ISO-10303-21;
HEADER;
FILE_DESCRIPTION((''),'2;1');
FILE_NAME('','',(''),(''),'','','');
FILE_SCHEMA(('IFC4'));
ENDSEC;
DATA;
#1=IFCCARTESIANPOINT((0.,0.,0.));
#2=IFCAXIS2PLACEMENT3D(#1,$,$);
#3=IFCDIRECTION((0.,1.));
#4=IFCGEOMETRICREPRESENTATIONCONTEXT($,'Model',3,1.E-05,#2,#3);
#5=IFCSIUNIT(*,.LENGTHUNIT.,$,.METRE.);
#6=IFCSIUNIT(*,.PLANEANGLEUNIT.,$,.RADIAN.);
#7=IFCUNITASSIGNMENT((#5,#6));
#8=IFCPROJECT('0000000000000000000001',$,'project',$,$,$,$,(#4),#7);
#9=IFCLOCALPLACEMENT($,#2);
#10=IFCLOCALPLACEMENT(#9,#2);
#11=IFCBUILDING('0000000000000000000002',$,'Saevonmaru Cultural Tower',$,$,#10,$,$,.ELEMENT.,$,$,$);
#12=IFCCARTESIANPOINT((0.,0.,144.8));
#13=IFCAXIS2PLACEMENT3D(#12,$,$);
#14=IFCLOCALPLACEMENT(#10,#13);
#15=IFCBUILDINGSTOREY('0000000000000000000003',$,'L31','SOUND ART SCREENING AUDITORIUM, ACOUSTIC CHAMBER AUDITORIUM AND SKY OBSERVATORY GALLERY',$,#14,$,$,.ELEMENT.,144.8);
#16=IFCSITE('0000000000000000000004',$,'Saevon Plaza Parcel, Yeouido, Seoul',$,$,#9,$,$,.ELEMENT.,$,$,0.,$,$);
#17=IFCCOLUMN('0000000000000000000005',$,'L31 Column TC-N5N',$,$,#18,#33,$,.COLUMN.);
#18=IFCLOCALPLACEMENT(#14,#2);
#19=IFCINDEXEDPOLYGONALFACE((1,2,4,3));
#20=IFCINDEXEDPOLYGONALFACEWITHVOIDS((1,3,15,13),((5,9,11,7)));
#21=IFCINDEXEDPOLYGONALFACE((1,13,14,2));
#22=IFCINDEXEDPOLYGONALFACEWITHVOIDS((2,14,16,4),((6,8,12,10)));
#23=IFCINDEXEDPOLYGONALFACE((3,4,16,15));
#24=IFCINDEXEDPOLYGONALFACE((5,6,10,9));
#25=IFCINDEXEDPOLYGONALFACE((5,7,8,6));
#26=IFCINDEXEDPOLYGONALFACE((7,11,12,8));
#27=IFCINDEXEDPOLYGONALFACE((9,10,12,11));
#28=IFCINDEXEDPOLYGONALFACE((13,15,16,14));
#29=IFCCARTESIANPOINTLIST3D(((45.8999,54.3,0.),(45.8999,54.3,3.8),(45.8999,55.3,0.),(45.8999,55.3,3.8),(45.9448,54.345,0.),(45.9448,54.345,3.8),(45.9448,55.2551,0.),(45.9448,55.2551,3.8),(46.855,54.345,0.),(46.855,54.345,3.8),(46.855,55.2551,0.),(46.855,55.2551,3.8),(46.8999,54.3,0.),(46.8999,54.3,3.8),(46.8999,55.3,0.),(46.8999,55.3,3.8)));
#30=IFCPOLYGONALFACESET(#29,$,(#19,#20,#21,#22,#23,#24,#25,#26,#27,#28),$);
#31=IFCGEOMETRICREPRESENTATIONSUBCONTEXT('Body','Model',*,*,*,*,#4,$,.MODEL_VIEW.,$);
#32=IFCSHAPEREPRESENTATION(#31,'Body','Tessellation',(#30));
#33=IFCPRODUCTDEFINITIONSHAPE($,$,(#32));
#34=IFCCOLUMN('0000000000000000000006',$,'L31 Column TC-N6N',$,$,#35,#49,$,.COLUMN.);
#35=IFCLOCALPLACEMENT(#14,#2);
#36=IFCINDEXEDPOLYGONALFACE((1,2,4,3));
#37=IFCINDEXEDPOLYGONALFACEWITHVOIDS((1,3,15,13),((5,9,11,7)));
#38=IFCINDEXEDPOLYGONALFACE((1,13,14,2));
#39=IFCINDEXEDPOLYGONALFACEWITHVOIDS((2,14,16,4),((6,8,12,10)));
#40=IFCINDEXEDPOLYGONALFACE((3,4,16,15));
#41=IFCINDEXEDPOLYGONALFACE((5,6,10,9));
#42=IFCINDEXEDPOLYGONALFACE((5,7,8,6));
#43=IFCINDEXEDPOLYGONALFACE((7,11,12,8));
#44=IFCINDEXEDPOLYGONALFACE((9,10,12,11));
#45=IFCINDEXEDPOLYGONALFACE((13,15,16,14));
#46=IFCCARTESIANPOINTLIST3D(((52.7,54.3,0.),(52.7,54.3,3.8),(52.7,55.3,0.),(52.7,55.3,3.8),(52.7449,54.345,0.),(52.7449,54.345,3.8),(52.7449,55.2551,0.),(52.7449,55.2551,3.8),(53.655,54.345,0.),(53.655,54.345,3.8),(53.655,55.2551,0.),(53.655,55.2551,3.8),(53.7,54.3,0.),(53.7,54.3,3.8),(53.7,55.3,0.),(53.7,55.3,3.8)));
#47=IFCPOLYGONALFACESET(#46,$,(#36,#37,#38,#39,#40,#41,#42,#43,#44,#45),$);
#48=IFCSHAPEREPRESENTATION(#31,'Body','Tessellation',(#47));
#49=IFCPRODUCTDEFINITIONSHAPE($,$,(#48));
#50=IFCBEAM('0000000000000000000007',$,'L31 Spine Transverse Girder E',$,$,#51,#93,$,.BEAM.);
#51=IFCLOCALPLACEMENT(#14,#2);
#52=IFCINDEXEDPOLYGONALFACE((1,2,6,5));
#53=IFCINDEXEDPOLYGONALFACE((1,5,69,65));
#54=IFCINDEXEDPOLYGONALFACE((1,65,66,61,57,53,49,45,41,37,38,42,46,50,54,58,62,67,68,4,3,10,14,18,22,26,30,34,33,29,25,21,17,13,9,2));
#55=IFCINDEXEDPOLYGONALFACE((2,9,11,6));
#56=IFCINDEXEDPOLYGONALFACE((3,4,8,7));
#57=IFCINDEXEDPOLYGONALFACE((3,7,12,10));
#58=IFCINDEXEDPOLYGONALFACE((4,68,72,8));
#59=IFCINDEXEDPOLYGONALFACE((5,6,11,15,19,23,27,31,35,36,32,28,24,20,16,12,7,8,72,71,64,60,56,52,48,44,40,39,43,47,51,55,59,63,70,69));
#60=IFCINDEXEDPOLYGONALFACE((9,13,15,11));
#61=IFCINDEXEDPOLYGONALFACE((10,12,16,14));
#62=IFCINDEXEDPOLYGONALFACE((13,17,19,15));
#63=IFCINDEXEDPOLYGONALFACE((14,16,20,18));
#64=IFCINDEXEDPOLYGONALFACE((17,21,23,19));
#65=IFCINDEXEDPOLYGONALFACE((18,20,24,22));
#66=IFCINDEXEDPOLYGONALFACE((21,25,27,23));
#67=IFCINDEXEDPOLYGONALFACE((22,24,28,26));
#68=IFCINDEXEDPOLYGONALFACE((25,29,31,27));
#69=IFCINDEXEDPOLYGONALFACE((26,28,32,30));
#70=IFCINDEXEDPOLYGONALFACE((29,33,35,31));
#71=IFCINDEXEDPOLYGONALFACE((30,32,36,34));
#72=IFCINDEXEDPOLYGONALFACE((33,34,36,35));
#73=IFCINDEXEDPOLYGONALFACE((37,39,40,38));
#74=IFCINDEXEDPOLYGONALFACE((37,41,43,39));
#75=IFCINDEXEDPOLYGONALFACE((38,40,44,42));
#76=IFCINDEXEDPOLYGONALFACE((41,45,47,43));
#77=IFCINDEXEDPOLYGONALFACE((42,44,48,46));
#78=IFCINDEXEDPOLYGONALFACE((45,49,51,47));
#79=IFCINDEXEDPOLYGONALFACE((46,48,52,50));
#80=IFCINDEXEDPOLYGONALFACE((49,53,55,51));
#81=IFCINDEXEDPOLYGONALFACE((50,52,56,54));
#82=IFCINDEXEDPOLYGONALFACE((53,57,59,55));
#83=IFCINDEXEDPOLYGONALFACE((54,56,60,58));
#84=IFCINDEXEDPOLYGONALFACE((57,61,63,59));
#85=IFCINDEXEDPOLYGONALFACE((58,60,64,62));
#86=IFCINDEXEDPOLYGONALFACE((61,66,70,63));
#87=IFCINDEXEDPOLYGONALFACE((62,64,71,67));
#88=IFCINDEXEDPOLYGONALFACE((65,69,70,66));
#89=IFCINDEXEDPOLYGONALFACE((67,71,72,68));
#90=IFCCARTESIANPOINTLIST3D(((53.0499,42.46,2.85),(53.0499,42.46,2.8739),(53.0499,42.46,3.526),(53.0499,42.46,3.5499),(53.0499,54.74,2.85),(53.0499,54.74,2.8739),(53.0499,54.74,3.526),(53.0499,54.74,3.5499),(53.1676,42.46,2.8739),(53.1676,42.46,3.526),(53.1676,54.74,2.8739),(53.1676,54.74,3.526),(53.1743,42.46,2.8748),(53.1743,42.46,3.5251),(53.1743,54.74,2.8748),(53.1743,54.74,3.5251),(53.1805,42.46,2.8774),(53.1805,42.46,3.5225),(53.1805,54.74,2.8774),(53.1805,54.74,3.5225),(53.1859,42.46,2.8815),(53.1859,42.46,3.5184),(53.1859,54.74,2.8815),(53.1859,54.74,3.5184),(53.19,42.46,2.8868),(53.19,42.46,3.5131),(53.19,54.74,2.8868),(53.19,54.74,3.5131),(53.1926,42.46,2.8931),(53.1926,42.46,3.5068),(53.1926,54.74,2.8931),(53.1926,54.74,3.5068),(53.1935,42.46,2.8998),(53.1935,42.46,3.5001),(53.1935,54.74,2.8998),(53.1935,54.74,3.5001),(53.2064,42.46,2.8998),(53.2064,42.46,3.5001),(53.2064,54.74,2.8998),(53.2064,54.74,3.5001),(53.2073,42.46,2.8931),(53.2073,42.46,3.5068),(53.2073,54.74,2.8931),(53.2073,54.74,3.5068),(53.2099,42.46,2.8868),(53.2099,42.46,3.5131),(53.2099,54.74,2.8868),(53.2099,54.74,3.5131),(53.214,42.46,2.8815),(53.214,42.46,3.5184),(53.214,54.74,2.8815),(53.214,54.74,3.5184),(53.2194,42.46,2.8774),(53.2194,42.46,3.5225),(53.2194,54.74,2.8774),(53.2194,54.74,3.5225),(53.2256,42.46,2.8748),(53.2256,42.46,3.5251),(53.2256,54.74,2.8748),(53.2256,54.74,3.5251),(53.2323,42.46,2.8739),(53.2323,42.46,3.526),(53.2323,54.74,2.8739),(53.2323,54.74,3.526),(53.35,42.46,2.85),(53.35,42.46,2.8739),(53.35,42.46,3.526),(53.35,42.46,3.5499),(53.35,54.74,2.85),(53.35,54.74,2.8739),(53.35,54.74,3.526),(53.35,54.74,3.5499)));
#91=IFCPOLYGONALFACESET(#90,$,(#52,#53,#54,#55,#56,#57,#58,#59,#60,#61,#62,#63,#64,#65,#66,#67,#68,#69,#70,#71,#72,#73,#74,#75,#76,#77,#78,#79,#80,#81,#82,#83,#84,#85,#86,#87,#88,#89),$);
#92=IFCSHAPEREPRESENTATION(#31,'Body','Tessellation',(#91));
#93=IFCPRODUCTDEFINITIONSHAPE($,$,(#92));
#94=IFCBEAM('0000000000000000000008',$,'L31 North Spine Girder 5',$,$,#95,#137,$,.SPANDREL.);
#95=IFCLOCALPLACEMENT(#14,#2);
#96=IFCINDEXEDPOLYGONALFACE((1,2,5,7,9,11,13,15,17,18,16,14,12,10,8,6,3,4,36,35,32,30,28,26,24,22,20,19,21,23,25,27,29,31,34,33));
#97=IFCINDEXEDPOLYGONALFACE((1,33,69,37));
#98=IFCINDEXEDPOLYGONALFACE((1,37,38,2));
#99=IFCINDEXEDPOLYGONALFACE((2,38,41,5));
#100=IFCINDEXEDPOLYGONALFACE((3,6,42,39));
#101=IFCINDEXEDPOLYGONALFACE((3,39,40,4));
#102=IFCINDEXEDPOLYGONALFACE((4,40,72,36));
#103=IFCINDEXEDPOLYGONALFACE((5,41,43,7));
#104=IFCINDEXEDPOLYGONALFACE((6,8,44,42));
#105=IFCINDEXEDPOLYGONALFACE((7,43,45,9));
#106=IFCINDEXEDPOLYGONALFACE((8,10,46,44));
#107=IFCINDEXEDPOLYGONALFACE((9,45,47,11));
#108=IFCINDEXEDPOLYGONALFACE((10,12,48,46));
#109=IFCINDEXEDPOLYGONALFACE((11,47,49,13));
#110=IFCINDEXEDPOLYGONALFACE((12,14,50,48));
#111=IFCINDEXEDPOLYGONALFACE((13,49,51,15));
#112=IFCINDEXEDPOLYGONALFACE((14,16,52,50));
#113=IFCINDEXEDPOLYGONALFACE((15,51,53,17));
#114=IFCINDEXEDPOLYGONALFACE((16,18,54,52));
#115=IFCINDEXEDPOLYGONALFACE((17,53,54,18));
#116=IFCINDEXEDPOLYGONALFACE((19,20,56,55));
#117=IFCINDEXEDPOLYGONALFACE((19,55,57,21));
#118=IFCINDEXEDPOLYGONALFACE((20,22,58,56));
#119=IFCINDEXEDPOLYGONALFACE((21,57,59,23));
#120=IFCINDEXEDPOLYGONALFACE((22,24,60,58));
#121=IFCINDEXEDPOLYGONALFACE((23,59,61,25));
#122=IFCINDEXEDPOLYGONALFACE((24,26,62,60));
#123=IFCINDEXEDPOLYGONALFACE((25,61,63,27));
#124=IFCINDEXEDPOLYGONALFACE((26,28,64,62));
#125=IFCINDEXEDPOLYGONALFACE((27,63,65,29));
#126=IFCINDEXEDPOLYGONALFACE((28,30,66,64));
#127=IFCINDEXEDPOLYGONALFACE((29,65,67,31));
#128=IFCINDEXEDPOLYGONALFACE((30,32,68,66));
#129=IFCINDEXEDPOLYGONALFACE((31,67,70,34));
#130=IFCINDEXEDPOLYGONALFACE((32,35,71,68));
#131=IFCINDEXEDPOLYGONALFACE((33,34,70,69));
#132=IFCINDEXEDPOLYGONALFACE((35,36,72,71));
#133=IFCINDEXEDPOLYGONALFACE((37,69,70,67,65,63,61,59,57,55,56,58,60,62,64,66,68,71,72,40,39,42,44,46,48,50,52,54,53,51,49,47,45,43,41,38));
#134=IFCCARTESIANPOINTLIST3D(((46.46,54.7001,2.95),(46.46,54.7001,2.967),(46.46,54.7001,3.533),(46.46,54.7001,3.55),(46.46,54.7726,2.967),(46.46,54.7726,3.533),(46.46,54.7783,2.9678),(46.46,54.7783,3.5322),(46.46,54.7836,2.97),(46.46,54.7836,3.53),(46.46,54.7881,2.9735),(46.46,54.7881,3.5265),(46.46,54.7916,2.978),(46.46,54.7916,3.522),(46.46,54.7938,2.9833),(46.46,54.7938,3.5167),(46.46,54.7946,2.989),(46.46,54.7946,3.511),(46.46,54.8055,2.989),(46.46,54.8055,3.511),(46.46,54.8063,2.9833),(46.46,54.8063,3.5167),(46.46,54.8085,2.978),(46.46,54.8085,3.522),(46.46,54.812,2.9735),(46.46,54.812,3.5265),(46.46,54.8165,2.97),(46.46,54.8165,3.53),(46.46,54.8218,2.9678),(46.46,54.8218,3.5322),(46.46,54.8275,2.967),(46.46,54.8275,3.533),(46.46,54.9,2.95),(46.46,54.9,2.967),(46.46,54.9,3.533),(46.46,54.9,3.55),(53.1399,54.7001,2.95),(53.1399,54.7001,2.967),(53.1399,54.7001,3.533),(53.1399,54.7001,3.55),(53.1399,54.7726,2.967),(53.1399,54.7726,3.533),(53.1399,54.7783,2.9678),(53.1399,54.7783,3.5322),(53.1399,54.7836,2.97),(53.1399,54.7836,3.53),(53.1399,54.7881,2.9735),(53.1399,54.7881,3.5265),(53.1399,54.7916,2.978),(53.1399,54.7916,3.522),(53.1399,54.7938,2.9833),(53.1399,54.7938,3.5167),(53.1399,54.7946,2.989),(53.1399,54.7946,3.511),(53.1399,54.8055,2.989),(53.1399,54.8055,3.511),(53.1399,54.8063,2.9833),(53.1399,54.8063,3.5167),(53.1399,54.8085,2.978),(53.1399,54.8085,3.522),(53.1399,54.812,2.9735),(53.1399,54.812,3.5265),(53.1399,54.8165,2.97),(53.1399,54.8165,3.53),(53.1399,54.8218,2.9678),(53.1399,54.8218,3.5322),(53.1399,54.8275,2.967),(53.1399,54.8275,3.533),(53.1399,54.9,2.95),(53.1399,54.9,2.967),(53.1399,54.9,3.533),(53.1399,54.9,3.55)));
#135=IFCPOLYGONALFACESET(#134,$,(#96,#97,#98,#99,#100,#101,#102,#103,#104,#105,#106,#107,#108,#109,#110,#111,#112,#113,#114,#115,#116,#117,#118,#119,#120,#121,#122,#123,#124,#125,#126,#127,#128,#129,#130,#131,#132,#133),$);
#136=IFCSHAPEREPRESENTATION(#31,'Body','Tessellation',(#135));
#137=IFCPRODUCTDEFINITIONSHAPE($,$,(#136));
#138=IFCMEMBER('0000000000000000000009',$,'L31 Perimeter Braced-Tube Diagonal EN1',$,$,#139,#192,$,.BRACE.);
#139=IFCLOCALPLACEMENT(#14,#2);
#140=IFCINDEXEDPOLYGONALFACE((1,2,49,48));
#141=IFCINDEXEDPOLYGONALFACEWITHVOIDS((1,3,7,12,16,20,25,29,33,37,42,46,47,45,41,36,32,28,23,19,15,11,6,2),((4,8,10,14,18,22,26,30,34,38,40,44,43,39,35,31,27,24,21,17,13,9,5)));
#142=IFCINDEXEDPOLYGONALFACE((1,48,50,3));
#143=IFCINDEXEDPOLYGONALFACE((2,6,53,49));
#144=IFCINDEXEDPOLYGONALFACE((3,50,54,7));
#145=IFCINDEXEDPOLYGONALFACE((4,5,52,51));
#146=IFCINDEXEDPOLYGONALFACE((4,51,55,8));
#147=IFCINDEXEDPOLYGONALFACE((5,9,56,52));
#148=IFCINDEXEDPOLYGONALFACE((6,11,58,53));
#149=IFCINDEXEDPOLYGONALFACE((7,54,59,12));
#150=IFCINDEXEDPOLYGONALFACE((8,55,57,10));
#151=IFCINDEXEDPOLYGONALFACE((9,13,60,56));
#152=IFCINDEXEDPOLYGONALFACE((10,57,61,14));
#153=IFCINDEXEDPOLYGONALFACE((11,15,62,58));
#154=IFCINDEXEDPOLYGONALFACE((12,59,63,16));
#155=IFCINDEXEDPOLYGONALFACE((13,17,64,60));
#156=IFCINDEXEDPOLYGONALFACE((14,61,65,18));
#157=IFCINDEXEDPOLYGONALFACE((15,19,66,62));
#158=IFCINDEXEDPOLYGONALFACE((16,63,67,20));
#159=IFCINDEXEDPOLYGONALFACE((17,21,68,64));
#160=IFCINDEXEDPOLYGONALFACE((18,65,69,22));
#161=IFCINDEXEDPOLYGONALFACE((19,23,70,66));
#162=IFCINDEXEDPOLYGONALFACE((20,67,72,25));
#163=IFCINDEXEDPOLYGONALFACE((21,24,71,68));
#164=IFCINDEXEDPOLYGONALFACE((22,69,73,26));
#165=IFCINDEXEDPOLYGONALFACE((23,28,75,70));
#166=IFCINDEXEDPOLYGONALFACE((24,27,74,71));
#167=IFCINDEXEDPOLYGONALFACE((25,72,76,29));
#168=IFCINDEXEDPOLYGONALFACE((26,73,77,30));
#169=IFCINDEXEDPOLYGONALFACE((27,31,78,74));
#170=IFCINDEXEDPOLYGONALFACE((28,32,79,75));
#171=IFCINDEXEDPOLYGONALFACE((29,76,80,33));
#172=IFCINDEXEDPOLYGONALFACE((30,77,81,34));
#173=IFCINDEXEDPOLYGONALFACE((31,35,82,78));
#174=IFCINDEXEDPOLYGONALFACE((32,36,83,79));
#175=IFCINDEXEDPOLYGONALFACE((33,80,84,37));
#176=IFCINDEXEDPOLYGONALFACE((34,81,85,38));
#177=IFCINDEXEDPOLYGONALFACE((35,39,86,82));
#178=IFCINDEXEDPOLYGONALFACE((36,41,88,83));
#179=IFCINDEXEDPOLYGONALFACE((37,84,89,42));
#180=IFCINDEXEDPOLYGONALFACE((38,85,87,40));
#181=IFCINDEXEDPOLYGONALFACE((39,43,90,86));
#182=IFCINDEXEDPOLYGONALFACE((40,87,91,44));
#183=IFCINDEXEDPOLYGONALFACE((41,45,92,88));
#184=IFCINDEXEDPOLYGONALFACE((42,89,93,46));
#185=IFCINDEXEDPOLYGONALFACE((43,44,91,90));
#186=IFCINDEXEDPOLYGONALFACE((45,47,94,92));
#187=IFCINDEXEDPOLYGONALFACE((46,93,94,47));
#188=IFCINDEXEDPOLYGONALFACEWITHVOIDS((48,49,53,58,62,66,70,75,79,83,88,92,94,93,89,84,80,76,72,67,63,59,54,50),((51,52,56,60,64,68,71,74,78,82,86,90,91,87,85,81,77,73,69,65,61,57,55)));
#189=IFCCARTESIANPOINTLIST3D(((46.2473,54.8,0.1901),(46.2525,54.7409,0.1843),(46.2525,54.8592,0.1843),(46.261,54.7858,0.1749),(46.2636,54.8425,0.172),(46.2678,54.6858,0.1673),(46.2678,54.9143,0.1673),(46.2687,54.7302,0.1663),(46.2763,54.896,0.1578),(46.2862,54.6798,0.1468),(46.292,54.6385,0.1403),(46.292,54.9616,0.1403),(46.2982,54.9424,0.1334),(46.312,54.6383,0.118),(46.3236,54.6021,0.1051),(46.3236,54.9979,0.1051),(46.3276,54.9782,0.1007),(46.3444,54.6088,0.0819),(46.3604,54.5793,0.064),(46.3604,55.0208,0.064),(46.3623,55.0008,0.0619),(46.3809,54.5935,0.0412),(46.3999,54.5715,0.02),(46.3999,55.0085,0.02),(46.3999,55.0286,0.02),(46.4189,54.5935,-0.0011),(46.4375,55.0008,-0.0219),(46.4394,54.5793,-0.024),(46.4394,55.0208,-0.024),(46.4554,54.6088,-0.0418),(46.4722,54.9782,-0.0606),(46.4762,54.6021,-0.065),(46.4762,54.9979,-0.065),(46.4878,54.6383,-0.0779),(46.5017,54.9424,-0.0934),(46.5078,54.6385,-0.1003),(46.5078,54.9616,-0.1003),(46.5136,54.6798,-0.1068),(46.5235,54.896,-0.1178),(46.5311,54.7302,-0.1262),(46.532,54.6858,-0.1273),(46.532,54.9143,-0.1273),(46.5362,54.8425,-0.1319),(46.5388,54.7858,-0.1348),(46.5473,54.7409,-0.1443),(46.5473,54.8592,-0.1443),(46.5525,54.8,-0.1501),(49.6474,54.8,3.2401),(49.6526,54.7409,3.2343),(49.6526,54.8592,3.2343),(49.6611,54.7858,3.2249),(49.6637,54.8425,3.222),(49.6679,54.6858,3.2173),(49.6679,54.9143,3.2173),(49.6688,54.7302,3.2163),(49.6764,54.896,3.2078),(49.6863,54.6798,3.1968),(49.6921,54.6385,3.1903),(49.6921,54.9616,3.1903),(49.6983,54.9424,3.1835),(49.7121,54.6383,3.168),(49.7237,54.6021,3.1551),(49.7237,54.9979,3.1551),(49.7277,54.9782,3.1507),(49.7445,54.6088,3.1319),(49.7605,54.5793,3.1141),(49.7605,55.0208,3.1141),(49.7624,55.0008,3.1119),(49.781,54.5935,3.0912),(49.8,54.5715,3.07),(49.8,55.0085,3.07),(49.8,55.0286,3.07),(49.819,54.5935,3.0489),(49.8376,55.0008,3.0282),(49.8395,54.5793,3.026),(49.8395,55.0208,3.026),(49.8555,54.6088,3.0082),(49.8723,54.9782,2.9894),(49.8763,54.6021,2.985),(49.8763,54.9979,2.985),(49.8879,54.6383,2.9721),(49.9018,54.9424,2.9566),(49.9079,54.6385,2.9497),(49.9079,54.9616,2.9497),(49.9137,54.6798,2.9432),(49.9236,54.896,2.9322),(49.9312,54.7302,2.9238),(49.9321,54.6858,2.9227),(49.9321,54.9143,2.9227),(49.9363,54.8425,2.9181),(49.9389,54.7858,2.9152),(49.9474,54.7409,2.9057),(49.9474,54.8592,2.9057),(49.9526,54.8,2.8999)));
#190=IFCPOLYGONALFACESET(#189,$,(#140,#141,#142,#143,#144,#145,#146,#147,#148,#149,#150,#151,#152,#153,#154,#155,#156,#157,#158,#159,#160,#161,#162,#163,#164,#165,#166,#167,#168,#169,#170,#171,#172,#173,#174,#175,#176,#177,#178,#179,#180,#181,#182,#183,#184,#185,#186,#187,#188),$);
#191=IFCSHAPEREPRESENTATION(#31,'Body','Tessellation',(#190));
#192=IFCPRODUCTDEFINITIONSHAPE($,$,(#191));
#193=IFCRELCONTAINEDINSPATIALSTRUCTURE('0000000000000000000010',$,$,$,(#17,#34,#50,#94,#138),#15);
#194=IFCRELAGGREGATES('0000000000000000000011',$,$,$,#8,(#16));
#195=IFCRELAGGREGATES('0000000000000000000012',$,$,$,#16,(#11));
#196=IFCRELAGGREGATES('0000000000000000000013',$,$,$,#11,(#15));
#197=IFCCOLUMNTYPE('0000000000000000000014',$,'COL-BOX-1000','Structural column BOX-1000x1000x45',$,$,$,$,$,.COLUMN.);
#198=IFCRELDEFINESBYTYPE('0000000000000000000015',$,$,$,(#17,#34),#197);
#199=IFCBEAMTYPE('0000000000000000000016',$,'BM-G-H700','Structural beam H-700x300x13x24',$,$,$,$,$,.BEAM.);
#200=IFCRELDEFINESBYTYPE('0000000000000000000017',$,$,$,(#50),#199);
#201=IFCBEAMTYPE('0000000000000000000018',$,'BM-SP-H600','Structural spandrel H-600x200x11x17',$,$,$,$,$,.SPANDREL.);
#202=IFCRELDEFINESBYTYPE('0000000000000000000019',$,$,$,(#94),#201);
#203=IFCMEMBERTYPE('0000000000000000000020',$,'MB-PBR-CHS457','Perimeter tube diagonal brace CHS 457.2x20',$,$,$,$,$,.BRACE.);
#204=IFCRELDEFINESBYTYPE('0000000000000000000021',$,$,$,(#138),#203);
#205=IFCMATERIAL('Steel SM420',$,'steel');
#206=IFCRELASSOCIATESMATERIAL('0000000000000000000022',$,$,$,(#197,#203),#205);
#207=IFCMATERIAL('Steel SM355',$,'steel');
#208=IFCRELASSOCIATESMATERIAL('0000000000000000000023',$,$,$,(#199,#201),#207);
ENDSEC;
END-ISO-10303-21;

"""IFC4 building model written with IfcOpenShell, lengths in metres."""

from ifc_helpers import new_model, si_unit, direction, frame, origin, origin_2d, place, context, subcontext, project, spatial, hollow_rectangle, hollow_circle, i_section, extrude, material, material_profile, profile_set, type_object, element, save


model = new_model("IFC4")

# Units and contexts
model_context = context("Model", 3, precision=1e-05, world=origin(), true_north=direction((0.0, 1.0)))
body_context = subcontext(model_context, "Body", "Model", "MODEL_VIEW")
ifc_project = project(units=[si_unit("LENGTHUNIT", "METRE"), si_unit("PLANEANGLEUNIT", "RADIAN")], contexts=[model_context])

# Site, building, storey
site_placement = place(None, origin())
site = spatial("IfcSite", under=ifc_project, at=site_placement, Name="Saevon Plaza Parcel, Yeouido, Seoul", CompositionType="ELEMENT", RefElevation=0.0)
building_placement = place(site_placement, origin())
building = spatial("IfcBuilding", under=site, at=building_placement, Name="Saevonmaru Cultural Tower", CompositionType="ELEMENT")
storey_placement = place(building_placement, frame((0.0, 0.0, 144.8)))
storey = spatial("IfcBuildingStorey", under=building, at=storey_placement, Name="L31", Description="SOUND ART SCREENING AUDITORIUM, ACOUSTIC CHAMBER AUDITORIUM AND SKY OBSERVATORY GALLERY", CompositionType="ELEMENT", Elevation=144.8)

# Columns
ifc_material_1 = material(Name="Steel SM420", Category="steel")
ifc_material_profile_1 = material_profile(ifc_material_1, hollow_rectangle(XDim=1.0, YDim=1.0, WallThickness=0.0449, at=origin_2d()), Name="BOX-1000x1000x45")
ifc_profile_set_1 = profile_set([ifc_material_profile_1], Name="Steel SM420")
column_type = type_object("IfcColumnType", Name="COL-BOX-1000", Description="Structural column BOX-1000x1000x45", PredefinedType="COLUMN", material=ifc_profile_set_1)
for number, where, z_axis, x_axis, name in (
    (1, (46.3999, 54.8, 0.0), (0.0, 0.0, 1.0), (1.0, 0.0, 0.0), "L31 Column TC-N5N"),
    (2, (53.2, 54.8, 0.0), (0.0, 0.0, 1.0), (1.0, 0.0, 0.0), "L31 Column TC-N6N"),
):
    element("IfcColumn", number, at=place(storey_placement, frame(where, z_axis=z_axis, x_axis=x_axis)), inside=storey, type_object=column_type, Name=name, PredefinedType="COLUMN", context=body_context, shape_type="SweptSolid", body=[
        extrude(hollow_rectangle(XDim=1.0, YDim=1.0, WallThickness=0.0449, at=origin_2d()), origin(), (0.0, 0.0, 1.0), 3.8),
    ])

# Beams
ifc_material_2 = material(Name="Steel SM355", Category="steel")
ifc_material_profile_2 = material_profile(ifc_material_2, i_section(OverallWidth=0.3, OverallDepth=0.7, WebThickness=0.0129, FlangeThickness=0.0239, FilletRadius=0.0259, at=origin_2d()), Name="H-700x300x13x24")
ifc_profile_set_2 = profile_set([ifc_material_profile_2], Name="Steel SM355")
beam_type_1 = type_object("IfcBeamType", Name="BM-G-H700", Description="Structural beam H-700x300x13x24", PredefinedType="BEAM", material=ifc_profile_set_2)
beam_1_placement = place(storey_placement, frame((53.2, 54.74, 3.2), z_axis=(0.0, -1.0, 0.0), x_axis=(1.0, 0.0, 0.0)))
element("IfcBeam", 3, at=beam_1_placement, inside=storey, type_object=beam_type_1, Name="L31 Spine Transverse Girder E", PredefinedType="BEAM", context=body_context, shape_type="SweptSolid", body=[
    extrude(i_section(OverallWidth=0.3, OverallDepth=0.7, WebThickness=0.0129, FlangeThickness=0.0239, FilletRadius=0.0259, at=origin_2d()), origin(), (0.0, 0.0, 1.0), 12.28),
])
ifc_material_profile_3 = material_profile(ifc_material_2, i_section(OverallWidth=0.2, OverallDepth=0.6001, WebThickness=0.011, FlangeThickness=0.0171, FilletRadius=0.022, at=origin_2d()), Name="H-600x200x11x17")
ifc_profile_set_3 = profile_set([ifc_material_profile_3], Name="Steel SM355")
beam_type_2 = type_object("IfcBeamType", Name="BM-SP-H600", Description="Structural spandrel H-600x200x11x17", PredefinedType="SPANDREL", material=ifc_profile_set_3)
beam_2_placement = place(storey_placement, frame((46.46, 54.8, 3.25), z_axis=(1.0, 0.0, 0.0), x_axis=(0.0, 1.0, 0.0)))
element("IfcBeam", 4, at=beam_2_placement, inside=storey, type_object=beam_type_2, Name="L31 North Spine Girder 5", PredefinedType="SPANDREL", context=body_context, shape_type="SweptSolid", body=[
    extrude(i_section(OverallWidth=0.2, OverallDepth=0.6001, WebThickness=0.011, FlangeThickness=0.0171, FilletRadius=0.022, at=origin_2d()), origin(), (0.0, 0.0, 1.0), 6.6799),
])

# Member
ifc_material_profile_4 = material_profile(ifc_material_1, hollow_circle(Radius=0.2285, WallThickness=0.02, at=origin_2d()), Name="CHS-457.2x20")
ifc_profile_set_4 = profile_set([ifc_material_profile_4], Name="Steel SM420")
member_type_1 = type_object("IfcMemberType", Name="MB-PBR-CHS457", Description="Perimeter tube diagonal brace CHS 457.2x20", PredefinedType="BRACE", material=ifc_profile_set_4)
for number, where, z_axis, x_axis, name in (
    (5, (46.3999, 54.8, 0.02), (0.744391, 0.0, 0.667744), (0.0, 1.0, 0.0), "L31 Perimeter Braced-Tube Diagonal EN1"),
):
    element("IfcMember", number, at=place(storey_placement, frame(where, z_axis=z_axis, x_axis=x_axis)), inside=storey, type_object=member_type_1, Name=name, PredefinedType="BRACE", context=body_context, shape_type="SweptSolid", body=[
        extrude(hollow_circle(Radius=0.2285, WallThickness=0.02, at=origin_2d()), origin(), (0.0, 0.0, 1.0), 4.5676),
    ])

save(model, "model.ifc")
